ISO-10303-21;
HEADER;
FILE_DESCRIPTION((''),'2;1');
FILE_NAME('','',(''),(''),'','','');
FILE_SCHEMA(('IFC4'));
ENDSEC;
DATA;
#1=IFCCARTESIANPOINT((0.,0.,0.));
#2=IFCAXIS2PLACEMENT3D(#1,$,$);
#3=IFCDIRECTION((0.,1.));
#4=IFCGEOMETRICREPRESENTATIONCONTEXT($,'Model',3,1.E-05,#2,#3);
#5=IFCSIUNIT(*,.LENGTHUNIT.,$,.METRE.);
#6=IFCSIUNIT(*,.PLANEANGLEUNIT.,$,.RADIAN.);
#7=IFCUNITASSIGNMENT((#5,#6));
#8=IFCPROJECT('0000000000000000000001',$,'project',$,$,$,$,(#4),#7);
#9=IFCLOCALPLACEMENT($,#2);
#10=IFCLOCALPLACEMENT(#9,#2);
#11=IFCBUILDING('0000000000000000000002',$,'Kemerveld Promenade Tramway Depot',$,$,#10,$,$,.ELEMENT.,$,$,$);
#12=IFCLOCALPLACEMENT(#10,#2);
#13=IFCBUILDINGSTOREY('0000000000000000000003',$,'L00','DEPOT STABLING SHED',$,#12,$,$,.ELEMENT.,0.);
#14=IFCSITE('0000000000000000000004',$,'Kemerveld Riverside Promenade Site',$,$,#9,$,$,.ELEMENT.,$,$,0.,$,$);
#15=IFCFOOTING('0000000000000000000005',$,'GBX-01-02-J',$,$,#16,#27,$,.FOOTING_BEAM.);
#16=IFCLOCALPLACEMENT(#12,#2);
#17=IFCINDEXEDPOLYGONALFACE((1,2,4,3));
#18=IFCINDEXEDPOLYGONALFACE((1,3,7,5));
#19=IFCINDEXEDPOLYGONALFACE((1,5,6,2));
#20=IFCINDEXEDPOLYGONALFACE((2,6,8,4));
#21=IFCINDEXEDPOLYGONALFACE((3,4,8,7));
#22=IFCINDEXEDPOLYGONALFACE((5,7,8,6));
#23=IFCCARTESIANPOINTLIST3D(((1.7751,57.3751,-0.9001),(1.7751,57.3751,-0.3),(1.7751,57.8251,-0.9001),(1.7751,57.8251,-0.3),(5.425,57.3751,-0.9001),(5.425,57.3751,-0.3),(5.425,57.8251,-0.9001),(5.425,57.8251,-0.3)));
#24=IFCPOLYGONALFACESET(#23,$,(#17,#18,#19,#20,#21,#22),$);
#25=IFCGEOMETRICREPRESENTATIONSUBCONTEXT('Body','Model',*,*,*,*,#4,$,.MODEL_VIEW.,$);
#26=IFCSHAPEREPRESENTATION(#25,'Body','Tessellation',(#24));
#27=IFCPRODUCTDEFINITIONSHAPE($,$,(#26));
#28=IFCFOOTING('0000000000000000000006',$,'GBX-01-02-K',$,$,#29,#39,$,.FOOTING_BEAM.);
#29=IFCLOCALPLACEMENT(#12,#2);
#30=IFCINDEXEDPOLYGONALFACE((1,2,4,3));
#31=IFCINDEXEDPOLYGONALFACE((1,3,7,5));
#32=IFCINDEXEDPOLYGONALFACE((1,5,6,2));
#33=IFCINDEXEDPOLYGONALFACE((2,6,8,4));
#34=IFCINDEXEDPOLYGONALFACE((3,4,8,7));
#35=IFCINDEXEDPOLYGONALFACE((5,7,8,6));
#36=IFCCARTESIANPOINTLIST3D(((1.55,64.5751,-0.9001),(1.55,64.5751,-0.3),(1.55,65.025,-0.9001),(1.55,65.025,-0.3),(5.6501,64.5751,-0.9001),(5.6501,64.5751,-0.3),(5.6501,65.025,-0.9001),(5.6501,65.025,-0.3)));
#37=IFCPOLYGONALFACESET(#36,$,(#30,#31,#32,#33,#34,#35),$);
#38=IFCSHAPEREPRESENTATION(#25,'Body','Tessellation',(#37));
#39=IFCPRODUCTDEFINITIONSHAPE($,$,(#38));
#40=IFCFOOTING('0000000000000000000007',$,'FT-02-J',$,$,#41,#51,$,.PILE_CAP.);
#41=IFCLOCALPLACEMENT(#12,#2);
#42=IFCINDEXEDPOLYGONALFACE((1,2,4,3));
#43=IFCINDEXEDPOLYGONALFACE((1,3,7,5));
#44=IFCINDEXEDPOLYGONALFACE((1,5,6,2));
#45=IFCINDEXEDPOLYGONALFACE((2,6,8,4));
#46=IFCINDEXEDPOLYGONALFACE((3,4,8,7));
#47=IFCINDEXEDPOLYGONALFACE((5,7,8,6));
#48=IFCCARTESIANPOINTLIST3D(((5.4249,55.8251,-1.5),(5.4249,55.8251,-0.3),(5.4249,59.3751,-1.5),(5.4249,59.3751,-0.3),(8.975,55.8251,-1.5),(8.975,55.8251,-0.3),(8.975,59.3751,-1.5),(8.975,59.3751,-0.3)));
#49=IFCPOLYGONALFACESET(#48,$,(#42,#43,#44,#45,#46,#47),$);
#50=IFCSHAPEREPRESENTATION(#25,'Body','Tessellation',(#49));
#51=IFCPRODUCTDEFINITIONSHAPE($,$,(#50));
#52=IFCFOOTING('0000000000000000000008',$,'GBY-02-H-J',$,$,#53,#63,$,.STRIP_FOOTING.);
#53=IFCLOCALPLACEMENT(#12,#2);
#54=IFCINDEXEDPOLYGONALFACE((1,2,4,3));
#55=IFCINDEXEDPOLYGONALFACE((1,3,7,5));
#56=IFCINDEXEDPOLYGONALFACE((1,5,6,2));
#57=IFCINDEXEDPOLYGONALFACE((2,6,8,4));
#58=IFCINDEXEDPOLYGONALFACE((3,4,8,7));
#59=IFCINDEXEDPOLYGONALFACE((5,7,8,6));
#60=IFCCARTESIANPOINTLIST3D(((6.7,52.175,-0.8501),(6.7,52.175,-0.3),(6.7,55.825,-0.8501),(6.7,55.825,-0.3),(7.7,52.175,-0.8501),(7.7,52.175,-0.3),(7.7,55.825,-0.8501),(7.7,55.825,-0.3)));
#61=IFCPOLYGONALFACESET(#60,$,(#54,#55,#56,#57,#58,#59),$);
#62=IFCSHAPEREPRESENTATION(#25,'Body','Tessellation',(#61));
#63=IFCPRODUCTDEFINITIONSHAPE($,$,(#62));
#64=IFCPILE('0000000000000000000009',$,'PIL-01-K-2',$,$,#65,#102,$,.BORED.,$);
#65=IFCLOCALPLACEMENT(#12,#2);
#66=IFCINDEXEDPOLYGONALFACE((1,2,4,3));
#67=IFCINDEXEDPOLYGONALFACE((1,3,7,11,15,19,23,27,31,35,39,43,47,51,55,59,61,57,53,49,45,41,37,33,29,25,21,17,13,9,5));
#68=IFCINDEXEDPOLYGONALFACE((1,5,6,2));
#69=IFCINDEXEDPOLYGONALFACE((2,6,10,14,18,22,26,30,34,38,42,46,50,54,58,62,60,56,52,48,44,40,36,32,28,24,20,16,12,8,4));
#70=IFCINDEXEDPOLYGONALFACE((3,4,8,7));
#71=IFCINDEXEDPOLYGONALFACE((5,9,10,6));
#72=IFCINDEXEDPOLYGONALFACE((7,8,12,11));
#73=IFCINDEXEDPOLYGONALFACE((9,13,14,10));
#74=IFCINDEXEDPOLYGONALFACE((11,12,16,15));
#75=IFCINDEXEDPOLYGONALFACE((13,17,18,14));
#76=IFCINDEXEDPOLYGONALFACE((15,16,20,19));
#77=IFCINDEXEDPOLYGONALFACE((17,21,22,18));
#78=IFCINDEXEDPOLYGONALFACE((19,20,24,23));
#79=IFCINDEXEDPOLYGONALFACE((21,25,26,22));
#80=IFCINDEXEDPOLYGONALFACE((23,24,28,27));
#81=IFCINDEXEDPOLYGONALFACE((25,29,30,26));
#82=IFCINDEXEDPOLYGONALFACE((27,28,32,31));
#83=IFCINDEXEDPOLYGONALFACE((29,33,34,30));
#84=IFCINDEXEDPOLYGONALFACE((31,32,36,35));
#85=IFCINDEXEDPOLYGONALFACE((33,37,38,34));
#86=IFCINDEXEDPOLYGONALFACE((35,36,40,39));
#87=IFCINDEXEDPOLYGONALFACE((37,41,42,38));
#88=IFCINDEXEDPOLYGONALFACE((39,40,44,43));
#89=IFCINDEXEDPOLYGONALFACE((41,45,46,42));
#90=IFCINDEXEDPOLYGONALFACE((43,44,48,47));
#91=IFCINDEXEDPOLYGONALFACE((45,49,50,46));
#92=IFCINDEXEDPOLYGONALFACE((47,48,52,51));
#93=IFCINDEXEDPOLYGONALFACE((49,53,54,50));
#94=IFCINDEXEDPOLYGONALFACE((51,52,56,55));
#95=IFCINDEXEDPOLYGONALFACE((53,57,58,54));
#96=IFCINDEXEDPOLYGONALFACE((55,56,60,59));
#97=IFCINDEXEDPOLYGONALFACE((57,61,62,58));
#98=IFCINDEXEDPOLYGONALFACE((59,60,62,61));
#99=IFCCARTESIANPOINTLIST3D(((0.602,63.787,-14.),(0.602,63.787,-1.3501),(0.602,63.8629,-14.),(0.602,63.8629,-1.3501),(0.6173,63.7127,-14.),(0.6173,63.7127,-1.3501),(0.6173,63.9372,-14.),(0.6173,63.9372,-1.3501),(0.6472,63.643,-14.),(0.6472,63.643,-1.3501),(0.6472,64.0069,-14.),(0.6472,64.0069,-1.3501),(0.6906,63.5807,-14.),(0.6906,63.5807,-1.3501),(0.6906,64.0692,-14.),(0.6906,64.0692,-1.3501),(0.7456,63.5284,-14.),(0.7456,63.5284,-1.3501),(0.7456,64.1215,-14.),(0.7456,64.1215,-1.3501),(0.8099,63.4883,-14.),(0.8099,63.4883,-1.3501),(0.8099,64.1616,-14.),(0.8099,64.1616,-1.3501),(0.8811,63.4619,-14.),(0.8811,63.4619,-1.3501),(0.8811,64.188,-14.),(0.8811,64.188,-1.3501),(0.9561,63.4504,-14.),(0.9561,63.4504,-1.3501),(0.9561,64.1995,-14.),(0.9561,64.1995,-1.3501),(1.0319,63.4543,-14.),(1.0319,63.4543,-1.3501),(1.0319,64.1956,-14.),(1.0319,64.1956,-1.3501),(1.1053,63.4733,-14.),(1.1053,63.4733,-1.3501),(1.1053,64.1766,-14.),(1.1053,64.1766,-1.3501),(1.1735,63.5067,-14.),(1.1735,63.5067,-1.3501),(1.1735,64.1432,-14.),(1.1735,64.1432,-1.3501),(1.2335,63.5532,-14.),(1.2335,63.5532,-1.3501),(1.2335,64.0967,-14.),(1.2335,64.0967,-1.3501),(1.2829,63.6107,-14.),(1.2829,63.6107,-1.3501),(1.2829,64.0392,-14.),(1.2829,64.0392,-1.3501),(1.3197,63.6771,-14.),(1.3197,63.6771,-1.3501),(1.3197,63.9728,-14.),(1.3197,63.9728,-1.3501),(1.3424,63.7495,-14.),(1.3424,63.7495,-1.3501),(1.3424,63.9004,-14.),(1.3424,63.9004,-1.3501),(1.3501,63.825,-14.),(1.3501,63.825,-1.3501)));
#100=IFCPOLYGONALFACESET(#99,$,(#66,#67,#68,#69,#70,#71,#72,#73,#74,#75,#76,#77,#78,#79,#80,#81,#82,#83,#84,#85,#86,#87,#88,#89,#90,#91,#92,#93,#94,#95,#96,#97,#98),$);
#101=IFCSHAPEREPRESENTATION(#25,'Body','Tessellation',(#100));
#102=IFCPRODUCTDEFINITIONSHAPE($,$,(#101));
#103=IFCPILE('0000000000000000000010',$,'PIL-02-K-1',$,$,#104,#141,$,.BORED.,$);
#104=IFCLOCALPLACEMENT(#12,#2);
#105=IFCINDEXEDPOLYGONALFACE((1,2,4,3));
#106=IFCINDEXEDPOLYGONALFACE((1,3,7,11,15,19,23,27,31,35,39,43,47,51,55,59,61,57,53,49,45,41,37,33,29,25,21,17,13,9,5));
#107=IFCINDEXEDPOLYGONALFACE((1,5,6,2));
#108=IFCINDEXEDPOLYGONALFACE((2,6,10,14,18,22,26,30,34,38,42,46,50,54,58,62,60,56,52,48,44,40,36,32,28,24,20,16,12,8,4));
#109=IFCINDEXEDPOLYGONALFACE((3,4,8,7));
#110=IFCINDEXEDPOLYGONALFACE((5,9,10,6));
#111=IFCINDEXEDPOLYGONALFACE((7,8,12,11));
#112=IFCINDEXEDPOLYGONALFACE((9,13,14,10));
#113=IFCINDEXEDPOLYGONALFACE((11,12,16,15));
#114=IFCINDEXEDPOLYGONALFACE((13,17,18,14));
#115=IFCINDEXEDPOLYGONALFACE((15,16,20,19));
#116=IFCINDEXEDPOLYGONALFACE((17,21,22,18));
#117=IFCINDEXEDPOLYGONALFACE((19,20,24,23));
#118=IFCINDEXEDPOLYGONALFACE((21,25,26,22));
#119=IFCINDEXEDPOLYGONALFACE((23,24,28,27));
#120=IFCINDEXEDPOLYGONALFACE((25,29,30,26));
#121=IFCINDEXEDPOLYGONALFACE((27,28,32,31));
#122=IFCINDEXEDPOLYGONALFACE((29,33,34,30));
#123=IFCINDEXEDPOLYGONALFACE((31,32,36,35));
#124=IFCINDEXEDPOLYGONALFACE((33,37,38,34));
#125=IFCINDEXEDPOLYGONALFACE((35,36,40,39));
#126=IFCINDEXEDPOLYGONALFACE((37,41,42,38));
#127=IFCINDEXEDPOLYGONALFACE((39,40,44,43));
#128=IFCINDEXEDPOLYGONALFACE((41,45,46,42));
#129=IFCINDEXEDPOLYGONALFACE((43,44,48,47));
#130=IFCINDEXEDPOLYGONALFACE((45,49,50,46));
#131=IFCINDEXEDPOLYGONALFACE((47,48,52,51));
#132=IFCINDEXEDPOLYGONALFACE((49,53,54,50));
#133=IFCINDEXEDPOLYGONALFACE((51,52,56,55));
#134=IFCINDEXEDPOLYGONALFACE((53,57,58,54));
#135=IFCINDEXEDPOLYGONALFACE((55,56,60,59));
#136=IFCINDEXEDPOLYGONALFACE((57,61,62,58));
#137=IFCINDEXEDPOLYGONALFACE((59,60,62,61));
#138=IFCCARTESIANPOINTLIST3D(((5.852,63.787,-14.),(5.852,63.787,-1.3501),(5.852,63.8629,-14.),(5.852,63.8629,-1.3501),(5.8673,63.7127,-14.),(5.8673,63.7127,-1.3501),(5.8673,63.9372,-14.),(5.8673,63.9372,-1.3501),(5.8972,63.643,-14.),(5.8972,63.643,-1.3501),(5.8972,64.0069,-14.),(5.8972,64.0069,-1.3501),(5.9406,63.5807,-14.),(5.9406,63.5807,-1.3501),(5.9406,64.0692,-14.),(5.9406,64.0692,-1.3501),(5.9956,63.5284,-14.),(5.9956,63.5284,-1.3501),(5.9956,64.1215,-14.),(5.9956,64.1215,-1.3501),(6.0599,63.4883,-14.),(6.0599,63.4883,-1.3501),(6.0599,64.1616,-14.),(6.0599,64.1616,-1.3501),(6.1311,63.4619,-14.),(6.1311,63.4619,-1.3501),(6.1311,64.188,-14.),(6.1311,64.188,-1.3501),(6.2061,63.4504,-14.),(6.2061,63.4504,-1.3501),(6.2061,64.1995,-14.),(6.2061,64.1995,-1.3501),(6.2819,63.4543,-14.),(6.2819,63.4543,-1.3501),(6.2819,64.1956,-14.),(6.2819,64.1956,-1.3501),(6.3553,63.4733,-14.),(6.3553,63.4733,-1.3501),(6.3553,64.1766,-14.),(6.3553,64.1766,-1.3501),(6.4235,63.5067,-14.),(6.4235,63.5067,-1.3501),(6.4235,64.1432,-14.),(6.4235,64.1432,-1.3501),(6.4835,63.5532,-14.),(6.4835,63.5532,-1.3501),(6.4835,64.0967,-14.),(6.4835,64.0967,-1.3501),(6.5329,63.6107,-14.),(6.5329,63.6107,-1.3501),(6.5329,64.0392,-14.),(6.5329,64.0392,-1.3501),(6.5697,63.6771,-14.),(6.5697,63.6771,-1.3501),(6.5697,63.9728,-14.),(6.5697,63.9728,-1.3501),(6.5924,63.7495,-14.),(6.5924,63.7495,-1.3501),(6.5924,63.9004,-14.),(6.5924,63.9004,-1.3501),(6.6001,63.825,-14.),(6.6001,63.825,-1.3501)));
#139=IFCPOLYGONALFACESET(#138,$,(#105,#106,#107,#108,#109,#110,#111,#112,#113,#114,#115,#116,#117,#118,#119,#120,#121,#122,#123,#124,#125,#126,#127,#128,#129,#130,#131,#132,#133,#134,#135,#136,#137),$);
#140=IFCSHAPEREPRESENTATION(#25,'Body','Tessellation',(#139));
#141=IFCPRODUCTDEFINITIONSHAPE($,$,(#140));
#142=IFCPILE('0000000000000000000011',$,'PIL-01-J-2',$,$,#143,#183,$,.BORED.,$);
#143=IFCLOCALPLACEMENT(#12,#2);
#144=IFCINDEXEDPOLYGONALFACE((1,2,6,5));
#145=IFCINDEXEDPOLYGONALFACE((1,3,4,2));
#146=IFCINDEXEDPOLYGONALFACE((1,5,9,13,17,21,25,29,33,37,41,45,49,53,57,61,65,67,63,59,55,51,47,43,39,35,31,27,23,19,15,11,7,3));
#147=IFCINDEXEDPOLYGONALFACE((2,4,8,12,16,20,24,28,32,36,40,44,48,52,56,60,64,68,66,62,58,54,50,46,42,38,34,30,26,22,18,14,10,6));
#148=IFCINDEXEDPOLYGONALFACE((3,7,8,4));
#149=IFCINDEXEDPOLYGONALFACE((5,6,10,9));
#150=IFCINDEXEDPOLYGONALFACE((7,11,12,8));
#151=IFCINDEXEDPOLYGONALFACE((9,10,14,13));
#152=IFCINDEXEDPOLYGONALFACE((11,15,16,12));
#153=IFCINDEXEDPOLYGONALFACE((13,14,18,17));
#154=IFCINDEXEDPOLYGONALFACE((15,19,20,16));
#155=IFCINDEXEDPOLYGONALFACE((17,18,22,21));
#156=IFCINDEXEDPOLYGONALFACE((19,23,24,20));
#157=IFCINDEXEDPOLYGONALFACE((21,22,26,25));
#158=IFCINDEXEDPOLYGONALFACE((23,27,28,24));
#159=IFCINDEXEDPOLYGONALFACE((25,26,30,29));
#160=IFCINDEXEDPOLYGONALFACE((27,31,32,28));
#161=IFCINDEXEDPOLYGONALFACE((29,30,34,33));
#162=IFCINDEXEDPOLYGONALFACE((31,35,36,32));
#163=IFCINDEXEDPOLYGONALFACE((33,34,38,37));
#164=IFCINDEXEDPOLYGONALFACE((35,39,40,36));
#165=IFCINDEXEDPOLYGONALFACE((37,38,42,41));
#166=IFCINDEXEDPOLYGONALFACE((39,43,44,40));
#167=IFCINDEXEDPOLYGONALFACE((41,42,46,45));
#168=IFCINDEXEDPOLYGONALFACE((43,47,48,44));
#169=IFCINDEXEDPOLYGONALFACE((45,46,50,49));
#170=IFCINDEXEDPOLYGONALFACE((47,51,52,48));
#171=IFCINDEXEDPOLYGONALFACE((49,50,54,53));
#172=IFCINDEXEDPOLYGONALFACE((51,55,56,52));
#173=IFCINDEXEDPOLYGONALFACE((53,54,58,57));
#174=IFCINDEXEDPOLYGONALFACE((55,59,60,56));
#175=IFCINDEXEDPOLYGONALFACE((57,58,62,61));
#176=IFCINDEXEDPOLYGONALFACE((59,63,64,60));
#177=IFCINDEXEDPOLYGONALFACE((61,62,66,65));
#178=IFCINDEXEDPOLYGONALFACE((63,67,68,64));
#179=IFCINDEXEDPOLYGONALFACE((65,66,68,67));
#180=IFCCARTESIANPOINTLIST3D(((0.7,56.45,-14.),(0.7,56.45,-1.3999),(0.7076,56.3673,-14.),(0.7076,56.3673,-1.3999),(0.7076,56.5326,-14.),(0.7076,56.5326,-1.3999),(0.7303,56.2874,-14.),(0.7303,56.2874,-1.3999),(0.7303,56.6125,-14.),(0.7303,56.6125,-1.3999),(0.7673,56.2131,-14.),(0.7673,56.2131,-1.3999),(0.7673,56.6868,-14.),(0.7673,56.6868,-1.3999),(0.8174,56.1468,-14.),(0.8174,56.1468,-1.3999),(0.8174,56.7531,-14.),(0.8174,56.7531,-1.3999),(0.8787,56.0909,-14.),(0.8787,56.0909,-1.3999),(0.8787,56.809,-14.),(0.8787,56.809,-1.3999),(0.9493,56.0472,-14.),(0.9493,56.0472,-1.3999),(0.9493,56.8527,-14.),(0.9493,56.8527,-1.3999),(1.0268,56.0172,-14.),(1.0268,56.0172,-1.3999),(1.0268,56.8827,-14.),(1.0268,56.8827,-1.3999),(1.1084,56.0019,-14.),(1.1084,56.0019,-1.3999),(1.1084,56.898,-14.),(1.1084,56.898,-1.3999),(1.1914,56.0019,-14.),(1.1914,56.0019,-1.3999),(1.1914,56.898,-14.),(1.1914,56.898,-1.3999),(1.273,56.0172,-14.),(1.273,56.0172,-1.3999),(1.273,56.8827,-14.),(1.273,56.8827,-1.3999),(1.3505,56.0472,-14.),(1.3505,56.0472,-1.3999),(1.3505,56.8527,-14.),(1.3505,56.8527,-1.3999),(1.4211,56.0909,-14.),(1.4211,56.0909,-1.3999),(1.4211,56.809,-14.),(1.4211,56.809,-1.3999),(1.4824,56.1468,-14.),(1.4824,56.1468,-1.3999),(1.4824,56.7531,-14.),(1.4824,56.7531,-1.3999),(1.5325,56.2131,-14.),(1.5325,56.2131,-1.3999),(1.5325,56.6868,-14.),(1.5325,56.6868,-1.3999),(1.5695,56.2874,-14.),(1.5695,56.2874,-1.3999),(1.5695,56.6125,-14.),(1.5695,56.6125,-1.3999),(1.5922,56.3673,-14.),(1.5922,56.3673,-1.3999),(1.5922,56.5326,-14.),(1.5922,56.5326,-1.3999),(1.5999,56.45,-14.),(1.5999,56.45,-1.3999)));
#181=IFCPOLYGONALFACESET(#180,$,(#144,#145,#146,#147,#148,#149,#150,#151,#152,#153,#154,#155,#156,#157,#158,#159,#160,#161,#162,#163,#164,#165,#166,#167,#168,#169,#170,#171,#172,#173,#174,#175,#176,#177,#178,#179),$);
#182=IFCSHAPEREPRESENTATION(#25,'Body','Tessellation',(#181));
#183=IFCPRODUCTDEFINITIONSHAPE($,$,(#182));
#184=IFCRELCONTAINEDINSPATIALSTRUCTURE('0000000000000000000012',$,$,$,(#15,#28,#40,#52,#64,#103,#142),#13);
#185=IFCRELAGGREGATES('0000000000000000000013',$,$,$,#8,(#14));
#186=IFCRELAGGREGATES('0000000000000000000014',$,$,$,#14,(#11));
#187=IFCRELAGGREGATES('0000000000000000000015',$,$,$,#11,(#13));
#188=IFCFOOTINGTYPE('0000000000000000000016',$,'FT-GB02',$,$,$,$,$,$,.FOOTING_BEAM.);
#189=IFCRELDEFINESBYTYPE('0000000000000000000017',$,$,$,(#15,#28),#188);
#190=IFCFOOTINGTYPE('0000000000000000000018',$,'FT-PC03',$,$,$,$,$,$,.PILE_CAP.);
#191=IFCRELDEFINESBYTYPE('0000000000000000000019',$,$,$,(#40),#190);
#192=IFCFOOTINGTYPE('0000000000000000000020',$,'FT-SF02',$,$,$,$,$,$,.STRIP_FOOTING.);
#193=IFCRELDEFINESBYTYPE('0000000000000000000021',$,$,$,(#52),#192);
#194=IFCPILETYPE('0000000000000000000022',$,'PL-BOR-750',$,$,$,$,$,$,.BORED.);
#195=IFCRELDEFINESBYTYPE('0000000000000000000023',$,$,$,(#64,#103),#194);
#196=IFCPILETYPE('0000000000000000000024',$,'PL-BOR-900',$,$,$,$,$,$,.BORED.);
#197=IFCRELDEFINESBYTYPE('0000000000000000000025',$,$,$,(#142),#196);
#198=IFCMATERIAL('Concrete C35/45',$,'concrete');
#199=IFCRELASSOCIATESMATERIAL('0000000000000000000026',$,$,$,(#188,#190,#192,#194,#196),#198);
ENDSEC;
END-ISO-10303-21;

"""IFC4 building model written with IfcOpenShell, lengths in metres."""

from ifc_helpers import new_model, si_unit, direction, frame, origin, origin_2d, place, context, subcontext, project, spatial, rectangle, circle, extrude, material, material_profile, profile_set, type_object, element, save


model = new_model("IFC4")

# Units and contexts
model_context = context("Model", 3, precision=1e-05, world=origin(), true_north=direction((0.0, 1.0)))
body_context = subcontext(model_context, "Body", "Model", "MODEL_VIEW")
ifc_project = project(units=[si_unit("LENGTHUNIT", "METRE"), si_unit("PLANEANGLEUNIT", "RADIAN")], contexts=[model_context])

# Site, building, storey
site_placement = place(None, origin())
site = spatial("IfcSite", under=ifc_project, at=site_placement, Name="Kemerveld Riverside Promenade Site", CompositionType="ELEMENT", RefElevation=0.0)
building_placement = place(site_placement, origin())
building = spatial("IfcBuilding", under=site, at=building_placement, Name="Kemerveld Promenade Tramway Depot", CompositionType="ELEMENT")
storey_placement = place(building_placement, origin())
storey = spatial("IfcBuildingStorey", under=building, at=storey_placement, Name="L00", Description="DEPOT STABLING SHED", CompositionType="ELEMENT", Elevation=0.0)

# Footings
ifc_material_1 = material(Name="Concrete C35/45", Category="concrete")
footing_type_1 = type_object("IfcFootingType", Name="FT-GB02", PredefinedType="FOOTING_BEAM", material=ifc_material_1)
footing_1_placement = place(storey_placement, frame((3.6001, 57.6001, -0.9001), z_axis=(0.0, 0.0, 1.0), x_axis=(1.0, 0.0, 0.0)))
element("IfcFooting", 1, at=footing_1_placement, inside=storey, type_object=footing_type_1, Name="GBX-01-02-J", PredefinedType="FOOTING_BEAM", context=body_context, shape_type="SweptSolid", body=[
    extrude(rectangle(XDim=3.6499, YDim=0.45, at=origin_2d()), origin(), (0.0, 0.0, 1.0), 0.6001),
])
footing_2_placement = place(storey_placement, frame((3.6001, 64.8, -0.9001), z_axis=(0.0, 0.0, 1.0), x_axis=(1.0, 0.0, 0.0)))
element("IfcFooting", 2, at=footing_2_placement, inside=storey, type_object=footing_type_1, Name="GBX-01-02-K", PredefinedType="FOOTING_BEAM", context=body_context, shape_type="SweptSolid", body=[
    extrude(rectangle(XDim=4.1001, YDim=0.45, at=origin_2d()), origin(), (0.0, 0.0, 1.0), 0.6001),
])
footing_type_2 = type_object("IfcFootingType", Name="FT-PC03", PredefinedType="PILE_CAP", material=ifc_material_1)
footing_3_placement = place(storey_placement, frame((7.2, 57.6001, -1.5), z_axis=(0.0, 0.0, 1.0), x_axis=(1.0, 0.0, 0.0)))
element("IfcFooting", 3, at=footing_3_placement, inside=storey, type_object=footing_type_2, Name="FT-02-J", PredefinedType="PILE_CAP", context=body_context, shape_type="SweptSolid", body=[
    extrude(rectangle(XDim=3.55, YDim=3.55, at=origin_2d()), origin(), (0.0, 0.0, 1.0), 1.2),
])
footing_type_3 = type_object("IfcFootingType", Name="FT-SF02", PredefinedType="STRIP_FOOTING", material=ifc_material_1)
footing_4_placement = place(storey_placement, frame((7.2, 54.0, -0.8501), z_axis=(0.0, 0.0, 1.0), x_axis=(0.0, 1.0, 0.0)))
element("IfcFooting", 4, at=footing_4_placement, inside=storey, type_object=footing_type_3, Name="GBY-02-H-J", PredefinedType="STRIP_FOOTING", context=body_context, shape_type="SweptSolid", body=[
    extrude(rectangle(XDim=3.6499, YDim=1.0, at=origin_2d()), origin(), (0.0, 0.0, 1.0), 0.55),
])

# Piles
ifc_material_profile_1 = material_profile(ifc_material_1, circle(Radius=0.375, at=origin_2d()), Name="PILE-D750")
ifc_profile_set_1 = profile_set([ifc_material_profile_1], Name="Concrete C35/45")
pile_type_1 = type_object("IfcPileType", Name="PL-BOR-750", PredefinedType="BORED", material=ifc_profile_set_1)
for number, where, z_axis, x_axis, name in (
    (5, (0.9751, 63.825, -1.3501), (0.0, 0.0, -1.0), (1.0, 0.0, 0.0), "PIL-01-K-2"),
    (6, (6.2251, 63.825, -1.3501), (0.0, 0.0, -1.0), (1.0, 0.0, 0.0), "PIL-02-K-1"),
):
    element("IfcPile", number, at=place(storey_placement, frame(where, z_axis=z_axis, x_axis=x_axis)), inside=storey, type_object=pile_type_1, Name=name, PredefinedType="BORED", context=body_context, shape_type="SweptSolid", body=[
        extrude(circle(Radius=0.375, at=origin_2d()), origin(), (0.0, 0.0, 1.0), 12.6499),
    ])
ifc_material_profile_2 = material_profile(ifc_material_1, circle(Radius=0.45, at=origin_2d()), Name="PILE-D900")
ifc_profile_set_2 = profile_set([ifc_material_profile_2], Name="Concrete C35/45")
pile_type_2 = type_object("IfcPileType", Name="PL-BOR-900", PredefinedType="BORED", material=ifc_profile_set_2)
for number, where, z_axis, x_axis, name in (
    (7, (1.1499, 56.45, -1.3999), (0.0, 0.0, -1.0), (1.0, 0.0, 0.0), "PIL-01-J-2"),
):
    element("IfcPile", number, at=place(storey_placement, frame(where, z_axis=z_axis, x_axis=x_axis)), inside=storey, type_object=pile_type_2, Name=name, PredefinedType="BORED", context=body_context, shape_type="SweptSolid", body=[
        extrude(circle(Radius=0.45, at=origin_2d()), origin(), (0.0, 0.0, 1.0), 12.6001),
    ])

save(model, "model.ifc")
